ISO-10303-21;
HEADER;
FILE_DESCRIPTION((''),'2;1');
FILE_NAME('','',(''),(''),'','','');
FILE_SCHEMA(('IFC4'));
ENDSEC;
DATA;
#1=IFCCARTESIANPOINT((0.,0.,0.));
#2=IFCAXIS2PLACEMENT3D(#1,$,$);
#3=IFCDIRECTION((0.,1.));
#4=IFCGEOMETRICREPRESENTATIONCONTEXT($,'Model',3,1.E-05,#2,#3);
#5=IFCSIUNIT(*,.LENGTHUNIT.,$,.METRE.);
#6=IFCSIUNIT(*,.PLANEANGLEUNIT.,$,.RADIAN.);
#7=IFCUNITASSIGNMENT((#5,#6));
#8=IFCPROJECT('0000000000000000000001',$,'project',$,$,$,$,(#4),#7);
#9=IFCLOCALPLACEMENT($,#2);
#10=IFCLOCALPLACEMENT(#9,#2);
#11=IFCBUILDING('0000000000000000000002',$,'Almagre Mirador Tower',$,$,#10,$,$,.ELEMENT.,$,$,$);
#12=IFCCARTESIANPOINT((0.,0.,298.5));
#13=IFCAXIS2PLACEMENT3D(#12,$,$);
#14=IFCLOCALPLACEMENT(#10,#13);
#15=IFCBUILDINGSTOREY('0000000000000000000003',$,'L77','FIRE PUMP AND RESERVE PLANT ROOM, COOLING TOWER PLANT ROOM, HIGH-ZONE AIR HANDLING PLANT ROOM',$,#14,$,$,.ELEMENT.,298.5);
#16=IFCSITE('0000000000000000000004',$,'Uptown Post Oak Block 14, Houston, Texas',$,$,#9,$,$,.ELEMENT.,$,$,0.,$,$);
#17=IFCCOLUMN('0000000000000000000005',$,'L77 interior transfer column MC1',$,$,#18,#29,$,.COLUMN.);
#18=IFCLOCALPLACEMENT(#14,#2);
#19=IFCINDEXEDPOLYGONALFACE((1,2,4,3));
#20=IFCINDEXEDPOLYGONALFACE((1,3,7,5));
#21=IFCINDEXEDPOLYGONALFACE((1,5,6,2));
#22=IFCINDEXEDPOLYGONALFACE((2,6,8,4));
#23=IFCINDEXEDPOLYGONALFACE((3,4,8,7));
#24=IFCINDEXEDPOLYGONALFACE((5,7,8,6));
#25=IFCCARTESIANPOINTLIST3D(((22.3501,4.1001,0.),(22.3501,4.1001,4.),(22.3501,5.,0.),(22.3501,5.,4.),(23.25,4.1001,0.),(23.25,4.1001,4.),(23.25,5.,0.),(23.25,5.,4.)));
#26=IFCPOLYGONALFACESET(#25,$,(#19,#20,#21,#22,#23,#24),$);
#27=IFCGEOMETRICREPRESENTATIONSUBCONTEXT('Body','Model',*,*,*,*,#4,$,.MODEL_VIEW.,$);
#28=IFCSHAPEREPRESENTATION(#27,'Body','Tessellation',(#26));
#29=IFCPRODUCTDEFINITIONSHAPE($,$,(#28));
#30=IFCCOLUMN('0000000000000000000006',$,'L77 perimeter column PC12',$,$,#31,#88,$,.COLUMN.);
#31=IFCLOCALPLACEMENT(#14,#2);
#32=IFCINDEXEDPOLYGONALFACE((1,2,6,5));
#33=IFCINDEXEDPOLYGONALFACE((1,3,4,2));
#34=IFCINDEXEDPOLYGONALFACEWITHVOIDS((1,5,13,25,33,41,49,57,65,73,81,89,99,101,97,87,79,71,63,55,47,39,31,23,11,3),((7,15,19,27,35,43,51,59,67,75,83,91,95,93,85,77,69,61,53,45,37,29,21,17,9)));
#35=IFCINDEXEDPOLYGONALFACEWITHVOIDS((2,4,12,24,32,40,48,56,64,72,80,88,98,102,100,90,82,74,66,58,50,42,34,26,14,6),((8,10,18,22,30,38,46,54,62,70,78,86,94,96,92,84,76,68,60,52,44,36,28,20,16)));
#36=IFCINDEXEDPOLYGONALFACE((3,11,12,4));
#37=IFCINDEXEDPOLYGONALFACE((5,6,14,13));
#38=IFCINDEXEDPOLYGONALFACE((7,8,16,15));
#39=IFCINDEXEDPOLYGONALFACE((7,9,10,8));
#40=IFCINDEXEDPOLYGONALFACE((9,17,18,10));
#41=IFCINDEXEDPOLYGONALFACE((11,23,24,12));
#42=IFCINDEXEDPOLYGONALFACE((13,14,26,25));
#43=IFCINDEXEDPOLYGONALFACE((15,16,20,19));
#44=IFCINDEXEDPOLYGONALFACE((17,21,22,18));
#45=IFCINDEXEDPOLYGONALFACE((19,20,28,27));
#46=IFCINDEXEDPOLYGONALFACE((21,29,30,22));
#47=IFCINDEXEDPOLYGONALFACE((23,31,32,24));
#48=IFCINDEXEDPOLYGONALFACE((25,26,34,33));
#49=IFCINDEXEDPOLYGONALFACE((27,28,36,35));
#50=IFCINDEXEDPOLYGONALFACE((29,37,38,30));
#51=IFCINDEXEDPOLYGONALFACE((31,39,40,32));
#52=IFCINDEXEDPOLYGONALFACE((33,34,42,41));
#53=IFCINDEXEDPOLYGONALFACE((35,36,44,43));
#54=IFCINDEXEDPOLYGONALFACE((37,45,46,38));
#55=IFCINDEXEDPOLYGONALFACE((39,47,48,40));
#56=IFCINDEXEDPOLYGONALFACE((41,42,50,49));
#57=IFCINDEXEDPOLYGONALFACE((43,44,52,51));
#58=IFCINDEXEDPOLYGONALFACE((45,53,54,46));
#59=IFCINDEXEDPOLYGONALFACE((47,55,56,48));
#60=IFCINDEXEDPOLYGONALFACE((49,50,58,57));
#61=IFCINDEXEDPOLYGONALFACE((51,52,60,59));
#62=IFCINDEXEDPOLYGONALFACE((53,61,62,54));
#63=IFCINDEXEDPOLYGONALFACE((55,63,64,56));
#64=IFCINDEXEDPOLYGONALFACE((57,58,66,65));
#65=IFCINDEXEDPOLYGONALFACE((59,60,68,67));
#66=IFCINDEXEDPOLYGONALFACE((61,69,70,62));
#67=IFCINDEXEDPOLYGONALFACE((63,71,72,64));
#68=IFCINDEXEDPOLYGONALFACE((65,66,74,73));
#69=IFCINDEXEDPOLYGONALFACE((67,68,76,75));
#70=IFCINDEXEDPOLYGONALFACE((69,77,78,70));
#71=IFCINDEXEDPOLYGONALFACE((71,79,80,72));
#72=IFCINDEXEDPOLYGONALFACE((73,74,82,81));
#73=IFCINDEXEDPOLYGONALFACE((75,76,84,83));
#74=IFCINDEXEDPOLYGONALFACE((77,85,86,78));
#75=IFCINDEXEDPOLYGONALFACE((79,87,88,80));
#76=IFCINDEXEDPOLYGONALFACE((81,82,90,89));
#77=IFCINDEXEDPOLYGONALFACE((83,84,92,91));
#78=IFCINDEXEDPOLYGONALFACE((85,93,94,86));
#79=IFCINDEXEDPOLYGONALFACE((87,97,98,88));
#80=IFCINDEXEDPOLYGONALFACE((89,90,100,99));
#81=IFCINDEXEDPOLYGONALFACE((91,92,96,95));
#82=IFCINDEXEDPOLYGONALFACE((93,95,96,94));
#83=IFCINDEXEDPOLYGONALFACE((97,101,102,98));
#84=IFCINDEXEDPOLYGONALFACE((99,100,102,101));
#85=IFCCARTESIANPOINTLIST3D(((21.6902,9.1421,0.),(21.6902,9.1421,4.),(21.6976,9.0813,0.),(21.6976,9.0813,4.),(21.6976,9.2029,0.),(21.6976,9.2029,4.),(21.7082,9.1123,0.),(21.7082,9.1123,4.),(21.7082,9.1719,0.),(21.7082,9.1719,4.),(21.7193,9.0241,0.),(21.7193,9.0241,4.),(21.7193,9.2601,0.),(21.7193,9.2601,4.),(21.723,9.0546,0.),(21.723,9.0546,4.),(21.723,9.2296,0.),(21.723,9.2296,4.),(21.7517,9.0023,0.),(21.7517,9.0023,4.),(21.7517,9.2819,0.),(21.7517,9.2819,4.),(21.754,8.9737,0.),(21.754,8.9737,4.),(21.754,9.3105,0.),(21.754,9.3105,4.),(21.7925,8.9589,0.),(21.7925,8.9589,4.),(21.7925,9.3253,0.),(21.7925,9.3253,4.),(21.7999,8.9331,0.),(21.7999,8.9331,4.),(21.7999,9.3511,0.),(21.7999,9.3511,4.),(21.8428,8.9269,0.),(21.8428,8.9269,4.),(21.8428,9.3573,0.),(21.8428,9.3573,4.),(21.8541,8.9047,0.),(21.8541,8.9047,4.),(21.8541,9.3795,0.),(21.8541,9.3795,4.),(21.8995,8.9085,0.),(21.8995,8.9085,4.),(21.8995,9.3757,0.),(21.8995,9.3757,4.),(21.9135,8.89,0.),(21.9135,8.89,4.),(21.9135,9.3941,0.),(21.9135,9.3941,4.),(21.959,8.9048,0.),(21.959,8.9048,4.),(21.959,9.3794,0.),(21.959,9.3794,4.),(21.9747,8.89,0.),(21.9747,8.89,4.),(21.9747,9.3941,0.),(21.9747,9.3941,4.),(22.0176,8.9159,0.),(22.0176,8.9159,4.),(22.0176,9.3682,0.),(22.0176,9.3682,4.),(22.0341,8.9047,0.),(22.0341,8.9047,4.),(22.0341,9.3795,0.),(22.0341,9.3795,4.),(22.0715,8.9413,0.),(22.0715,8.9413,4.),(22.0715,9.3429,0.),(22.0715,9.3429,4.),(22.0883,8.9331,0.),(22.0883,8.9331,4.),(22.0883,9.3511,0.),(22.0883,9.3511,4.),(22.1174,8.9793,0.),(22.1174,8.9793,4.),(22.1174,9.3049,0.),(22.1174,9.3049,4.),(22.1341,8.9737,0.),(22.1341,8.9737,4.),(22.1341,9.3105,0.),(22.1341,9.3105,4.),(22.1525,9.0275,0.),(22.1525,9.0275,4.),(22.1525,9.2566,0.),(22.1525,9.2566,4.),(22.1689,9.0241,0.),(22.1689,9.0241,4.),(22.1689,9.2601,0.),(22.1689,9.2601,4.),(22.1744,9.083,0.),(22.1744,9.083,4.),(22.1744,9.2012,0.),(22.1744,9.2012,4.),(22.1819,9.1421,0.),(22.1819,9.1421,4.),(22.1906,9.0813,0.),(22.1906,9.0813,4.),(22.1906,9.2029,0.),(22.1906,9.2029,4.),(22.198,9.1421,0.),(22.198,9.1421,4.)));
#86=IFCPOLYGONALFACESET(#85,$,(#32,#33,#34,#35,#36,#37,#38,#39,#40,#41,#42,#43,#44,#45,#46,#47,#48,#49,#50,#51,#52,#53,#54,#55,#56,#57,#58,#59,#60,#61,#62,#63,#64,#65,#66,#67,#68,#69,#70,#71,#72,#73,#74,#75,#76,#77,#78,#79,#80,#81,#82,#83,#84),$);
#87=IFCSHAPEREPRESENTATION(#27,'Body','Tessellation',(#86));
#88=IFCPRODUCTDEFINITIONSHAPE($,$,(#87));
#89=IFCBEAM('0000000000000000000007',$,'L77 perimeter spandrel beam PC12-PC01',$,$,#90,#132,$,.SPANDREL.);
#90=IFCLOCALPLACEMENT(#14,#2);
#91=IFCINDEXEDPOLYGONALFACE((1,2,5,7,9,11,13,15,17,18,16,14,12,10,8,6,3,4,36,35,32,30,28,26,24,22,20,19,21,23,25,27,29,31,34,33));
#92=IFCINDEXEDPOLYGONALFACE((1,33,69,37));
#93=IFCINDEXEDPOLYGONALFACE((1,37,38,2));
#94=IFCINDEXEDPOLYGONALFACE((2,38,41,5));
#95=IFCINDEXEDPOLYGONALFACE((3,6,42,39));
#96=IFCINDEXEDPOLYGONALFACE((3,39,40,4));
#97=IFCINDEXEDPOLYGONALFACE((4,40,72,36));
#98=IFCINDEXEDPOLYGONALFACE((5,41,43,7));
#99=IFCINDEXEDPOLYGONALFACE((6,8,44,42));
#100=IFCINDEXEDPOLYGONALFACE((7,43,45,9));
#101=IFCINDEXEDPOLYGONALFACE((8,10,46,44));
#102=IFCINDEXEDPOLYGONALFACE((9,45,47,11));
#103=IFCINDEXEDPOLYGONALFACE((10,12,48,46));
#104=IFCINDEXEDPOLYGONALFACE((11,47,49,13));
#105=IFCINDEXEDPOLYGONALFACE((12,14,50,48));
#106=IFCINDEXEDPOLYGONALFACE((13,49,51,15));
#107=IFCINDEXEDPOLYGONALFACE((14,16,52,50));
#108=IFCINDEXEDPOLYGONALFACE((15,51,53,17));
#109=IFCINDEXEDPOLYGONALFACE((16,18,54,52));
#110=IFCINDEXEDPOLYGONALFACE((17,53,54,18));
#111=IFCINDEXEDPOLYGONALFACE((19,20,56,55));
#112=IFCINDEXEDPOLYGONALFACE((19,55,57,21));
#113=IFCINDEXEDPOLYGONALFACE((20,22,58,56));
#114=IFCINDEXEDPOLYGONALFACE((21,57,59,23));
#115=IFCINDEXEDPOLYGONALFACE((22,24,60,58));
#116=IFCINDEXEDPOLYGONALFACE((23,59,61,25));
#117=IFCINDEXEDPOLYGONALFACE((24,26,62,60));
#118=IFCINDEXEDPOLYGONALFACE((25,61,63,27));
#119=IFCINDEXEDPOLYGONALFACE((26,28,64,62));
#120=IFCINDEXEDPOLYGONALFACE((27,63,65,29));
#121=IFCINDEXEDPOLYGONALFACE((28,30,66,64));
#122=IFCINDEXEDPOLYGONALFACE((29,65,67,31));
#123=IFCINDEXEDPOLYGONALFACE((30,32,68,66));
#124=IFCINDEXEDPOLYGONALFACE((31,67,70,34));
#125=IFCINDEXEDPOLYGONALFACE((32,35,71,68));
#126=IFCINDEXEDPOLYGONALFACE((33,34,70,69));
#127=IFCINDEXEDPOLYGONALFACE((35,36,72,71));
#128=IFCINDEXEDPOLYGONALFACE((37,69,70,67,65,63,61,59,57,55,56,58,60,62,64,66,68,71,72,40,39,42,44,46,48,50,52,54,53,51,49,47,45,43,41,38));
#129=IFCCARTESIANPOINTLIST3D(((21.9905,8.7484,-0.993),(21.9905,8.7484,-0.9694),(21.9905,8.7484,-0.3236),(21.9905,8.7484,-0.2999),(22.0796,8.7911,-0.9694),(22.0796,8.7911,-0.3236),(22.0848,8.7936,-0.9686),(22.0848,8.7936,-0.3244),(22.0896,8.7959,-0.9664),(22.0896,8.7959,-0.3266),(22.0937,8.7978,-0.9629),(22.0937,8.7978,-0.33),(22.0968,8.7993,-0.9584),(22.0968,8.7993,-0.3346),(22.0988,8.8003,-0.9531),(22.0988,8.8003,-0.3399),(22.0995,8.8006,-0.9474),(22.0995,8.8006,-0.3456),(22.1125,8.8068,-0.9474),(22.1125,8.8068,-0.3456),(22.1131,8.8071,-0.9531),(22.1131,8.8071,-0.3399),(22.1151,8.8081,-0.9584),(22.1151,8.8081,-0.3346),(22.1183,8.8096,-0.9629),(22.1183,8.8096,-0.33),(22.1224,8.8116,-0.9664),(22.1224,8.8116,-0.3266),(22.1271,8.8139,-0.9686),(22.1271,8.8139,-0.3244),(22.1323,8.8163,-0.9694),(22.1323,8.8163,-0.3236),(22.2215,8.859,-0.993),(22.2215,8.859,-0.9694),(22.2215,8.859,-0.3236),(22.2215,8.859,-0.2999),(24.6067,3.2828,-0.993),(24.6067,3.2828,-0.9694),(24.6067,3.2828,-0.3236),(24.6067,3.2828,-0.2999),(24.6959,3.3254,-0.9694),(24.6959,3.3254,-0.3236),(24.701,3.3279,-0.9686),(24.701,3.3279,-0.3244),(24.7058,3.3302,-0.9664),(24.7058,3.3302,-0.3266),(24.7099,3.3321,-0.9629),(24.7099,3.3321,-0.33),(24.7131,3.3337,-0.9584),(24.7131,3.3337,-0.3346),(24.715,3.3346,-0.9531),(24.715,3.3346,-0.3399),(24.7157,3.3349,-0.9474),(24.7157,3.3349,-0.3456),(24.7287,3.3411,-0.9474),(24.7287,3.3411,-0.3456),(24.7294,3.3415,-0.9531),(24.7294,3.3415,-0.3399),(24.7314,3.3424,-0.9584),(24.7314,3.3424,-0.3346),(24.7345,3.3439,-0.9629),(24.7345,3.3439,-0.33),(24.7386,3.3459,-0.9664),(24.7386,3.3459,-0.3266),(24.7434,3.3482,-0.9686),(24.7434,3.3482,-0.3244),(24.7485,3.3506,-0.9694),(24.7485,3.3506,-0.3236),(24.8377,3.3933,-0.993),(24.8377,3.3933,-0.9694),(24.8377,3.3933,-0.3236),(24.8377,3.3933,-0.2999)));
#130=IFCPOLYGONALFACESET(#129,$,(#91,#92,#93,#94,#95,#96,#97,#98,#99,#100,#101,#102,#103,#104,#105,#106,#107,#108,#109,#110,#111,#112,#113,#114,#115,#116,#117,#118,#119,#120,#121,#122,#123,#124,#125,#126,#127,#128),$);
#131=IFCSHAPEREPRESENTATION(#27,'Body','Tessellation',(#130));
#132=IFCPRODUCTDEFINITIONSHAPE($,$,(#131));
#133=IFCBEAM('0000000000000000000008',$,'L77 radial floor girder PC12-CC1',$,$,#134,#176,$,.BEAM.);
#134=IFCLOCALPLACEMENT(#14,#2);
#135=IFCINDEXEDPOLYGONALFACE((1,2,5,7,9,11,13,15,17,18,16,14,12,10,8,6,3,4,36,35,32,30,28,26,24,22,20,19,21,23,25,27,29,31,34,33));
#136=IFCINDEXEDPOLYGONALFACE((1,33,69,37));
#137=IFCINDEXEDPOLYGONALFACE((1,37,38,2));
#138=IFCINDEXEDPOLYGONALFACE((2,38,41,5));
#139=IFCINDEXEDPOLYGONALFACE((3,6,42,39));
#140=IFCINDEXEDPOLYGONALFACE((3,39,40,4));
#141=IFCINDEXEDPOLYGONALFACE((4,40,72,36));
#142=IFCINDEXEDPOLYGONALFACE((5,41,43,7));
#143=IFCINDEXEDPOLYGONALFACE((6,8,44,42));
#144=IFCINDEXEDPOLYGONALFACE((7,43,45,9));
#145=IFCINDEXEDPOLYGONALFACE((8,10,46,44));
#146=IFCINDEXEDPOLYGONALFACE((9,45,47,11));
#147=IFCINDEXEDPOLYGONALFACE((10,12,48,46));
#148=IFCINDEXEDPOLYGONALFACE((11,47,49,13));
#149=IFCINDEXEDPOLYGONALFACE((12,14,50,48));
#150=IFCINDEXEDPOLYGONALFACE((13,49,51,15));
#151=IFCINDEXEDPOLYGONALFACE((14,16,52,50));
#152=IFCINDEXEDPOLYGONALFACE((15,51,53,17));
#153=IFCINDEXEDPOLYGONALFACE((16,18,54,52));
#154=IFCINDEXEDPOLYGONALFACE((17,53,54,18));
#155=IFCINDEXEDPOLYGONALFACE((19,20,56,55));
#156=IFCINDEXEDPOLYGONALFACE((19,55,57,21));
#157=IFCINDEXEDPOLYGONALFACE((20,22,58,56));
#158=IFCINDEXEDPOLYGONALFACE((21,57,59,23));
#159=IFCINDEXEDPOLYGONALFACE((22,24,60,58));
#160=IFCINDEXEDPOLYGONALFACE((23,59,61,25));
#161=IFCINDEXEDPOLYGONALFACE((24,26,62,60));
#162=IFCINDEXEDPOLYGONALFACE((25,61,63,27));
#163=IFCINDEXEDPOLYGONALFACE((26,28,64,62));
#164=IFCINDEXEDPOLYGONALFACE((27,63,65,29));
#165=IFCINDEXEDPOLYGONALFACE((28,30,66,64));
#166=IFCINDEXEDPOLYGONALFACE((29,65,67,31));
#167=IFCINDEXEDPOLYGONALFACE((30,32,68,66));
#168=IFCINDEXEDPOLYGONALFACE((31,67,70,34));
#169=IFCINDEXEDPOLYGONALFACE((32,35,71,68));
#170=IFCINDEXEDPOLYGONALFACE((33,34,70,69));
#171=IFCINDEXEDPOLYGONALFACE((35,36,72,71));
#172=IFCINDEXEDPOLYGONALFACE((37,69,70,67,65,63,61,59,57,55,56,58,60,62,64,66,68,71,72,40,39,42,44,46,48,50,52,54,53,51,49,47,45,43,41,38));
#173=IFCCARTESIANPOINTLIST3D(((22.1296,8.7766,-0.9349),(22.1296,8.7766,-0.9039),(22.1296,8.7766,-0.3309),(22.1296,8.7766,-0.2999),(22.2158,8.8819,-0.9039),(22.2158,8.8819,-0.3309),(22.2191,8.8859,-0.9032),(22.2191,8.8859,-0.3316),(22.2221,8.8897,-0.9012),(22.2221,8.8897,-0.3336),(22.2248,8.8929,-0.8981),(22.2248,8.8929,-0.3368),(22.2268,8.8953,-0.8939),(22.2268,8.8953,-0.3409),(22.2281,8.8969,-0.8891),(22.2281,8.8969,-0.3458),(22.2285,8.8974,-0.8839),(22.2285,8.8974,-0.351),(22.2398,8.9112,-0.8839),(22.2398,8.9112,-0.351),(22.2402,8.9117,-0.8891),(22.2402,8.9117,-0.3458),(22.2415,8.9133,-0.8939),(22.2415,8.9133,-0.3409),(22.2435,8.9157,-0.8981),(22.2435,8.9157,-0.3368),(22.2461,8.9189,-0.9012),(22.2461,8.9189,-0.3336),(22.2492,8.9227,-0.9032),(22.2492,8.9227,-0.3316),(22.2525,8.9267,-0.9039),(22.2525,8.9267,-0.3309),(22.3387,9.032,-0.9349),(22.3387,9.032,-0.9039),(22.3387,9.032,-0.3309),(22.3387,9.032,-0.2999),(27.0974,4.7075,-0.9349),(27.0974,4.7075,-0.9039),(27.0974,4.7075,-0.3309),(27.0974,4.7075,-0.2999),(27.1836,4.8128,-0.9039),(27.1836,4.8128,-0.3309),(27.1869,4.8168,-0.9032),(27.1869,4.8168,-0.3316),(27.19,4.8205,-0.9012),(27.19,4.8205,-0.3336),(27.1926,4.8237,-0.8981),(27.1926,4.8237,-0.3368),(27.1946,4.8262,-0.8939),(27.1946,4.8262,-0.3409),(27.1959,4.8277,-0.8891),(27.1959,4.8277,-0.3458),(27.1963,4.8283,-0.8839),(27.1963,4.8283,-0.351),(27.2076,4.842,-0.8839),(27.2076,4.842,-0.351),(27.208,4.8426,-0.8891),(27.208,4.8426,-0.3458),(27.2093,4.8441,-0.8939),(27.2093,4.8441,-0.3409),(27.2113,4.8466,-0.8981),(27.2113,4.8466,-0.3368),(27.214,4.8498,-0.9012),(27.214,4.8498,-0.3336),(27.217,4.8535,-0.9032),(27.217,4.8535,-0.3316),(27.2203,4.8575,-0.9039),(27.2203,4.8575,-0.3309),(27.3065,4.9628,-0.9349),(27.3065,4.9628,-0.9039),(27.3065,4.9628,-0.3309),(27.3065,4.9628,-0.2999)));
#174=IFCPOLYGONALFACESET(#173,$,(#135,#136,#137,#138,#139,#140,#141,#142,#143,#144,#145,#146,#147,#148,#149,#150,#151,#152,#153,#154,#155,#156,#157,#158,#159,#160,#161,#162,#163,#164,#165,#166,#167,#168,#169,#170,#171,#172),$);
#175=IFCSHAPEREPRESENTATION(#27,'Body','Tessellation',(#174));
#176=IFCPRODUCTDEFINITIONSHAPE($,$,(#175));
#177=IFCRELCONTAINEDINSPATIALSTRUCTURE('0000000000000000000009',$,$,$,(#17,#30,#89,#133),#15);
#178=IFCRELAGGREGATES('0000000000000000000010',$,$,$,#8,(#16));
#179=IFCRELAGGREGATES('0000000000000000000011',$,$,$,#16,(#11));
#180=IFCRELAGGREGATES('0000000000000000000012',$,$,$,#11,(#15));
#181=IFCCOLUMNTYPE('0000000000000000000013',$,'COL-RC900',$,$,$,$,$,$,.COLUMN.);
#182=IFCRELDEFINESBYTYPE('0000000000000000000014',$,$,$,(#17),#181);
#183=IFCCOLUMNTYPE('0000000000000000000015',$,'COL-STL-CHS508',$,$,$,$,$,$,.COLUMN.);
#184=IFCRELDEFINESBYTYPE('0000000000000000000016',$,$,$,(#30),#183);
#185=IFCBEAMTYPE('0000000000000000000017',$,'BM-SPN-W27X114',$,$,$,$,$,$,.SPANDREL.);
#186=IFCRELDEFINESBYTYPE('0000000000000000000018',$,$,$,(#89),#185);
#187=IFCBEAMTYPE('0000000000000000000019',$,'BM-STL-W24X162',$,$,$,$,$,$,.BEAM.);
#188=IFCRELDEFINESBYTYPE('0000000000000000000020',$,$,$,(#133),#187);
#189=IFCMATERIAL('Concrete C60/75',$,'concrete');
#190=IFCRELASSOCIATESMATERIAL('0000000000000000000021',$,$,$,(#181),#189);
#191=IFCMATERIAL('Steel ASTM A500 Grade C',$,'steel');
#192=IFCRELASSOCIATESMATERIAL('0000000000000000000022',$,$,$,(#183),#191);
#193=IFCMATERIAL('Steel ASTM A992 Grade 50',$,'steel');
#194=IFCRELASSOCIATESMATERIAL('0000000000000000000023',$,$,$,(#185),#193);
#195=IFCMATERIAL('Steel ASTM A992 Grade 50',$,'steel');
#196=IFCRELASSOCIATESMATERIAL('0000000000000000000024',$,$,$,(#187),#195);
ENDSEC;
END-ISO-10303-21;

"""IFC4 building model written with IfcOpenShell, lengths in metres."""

from ifc_helpers import new_model, si_unit, direction, frame, origin, origin_2d, place, context, subcontext, project, spatial, rectangle, hollow_circle, i_section, extrude, material, material_profile, profile_set, type_object, element, save


model = new_model("IFC4")

# Units and contexts
model_context = context("Model", 3, precision=1e-05, world=origin(), true_north=direction((0.0, 1.0)))
body_context = subcontext(model_context, "Body", "Model", "MODEL_VIEW")
ifc_project = project(units=[si_unit("LENGTHUNIT", "METRE"), si_unit("PLANEANGLEUNIT", "RADIAN")], contexts=[model_context])

# Site, building, storey
site_placement = place(None, origin())
site = spatial("IfcSite", under=ifc_project, at=site_placement, Name="Uptown Post Oak Block 14, Houston, Texas", CompositionType="ELEMENT", RefElevation=0.0)
building_placement = place(site_placement, origin())
building = spatial("IfcBuilding", under=site, at=building_placement, Name="Almagre Mirador Tower", CompositionType="ELEMENT")
storey_placement = place(building_placement, frame((0.0, 0.0, 298.5)))
storey = spatial("IfcBuildingStorey", under=building, at=storey_placement, Name="L77", Description="FIRE PUMP AND RESERVE PLANT ROOM, COOLING TOWER PLANT ROOM, HIGH-ZONE AIR HANDLING PLANT ROOM", CompositionType="ELEMENT", Elevation=298.5)

# Columns
ifc_material_1 = material(Name="Concrete C60/75", Category="concrete")
ifc_material_profile_1 = material_profile(ifc_material_1, rectangle(XDim=0.8999, YDim=0.8999, at=origin_2d()), Name="RC900X900")
ifc_profile_set_1 = profile_set([ifc_material_profile_1], Name="Concrete C60/75")
column_type_1 = type_object("IfcColumnType", Name="COL-RC900", PredefinedType="COLUMN", material=ifc_profile_set_1)
column_1_placement = place(storey_placement, frame((22.8, 4.55, 0.0), z_axis=(0.0, 0.0, 1.0), x_axis=(1.0, 0.0, 0.0)))
element("IfcColumn", 1, at=column_1_placement, inside=storey, type_object=column_type_1, Name="L77 interior transfer column MC1", PredefinedType="COLUMN", context=body_context, shape_type="SweptSolid", body=[
    extrude(rectangle(XDim=0.8999, YDim=0.8999, at=origin_2d()), origin(), (0.0, 0.0, 1.0), 4.0),
])
ifc_material_2 = material(Name="Steel ASTM A500 Grade C", Category="steel")
ifc_material_profile_2 = material_profile(ifc_material_2, hollow_circle(Radius=0.2539, WallThickness=0.0161, at=origin_2d()), Name="CHS508X16")
ifc_profile_set_2 = profile_set([ifc_material_profile_2], Name="Steel ASTM A500 Grade C")
column_type_2 = type_object("IfcColumnType", Name="COL-STL-CHS508", PredefinedType="COLUMN", material=ifc_profile_set_2)
column_2_placement = place(storey_placement, frame((21.9441, 9.1421, 0.0), z_axis=(0.0, 0.0, 1.0), x_axis=(1.0, 0.0, 0.0)))
element("IfcColumn", 2, at=column_2_placement, inside=storey, type_object=column_type_2, Name="L77 perimeter column PC12", PredefinedType="COLUMN", context=body_context, shape_type="SweptSolid", body=[
    extrude(hollow_circle(Radius=0.2539, WallThickness=0.0161, at=origin_2d()), origin(), (0.0, 0.0, 1.0), 4.0),
])

# Beams
ifc_material_3 = material(Name="Steel ASTM A992 Grade 50", Category="steel")
ifc_material_profile_3 = material_profile(ifc_material_3, i_section(OverallWidth=0.2561, OverallDepth=0.6931, WebThickness=0.0144, FlangeThickness=0.0237, FilletRadius=0.022, at=origin_2d()), Name="W27X114")
ifc_profile_set_3 = profile_set([ifc_material_profile_3], Name="Steel ASTM A992 Grade 50")
beam_type_1 = type_object("IfcBeamType", Name="BM-SPN-W27X114", PredefinedType="SPANDREL", material=ifc_profile_set_3)
beam_1_placement = place(storey_placement, frame((22.106, 8.8037, -0.6465), z_axis=(0.431756, -0.90199, 0.0), x_axis=(0.90199, 0.431756, 0.0)))
element("IfcBeam", 3, at=beam_1_placement, inside=storey, type_object=beam_type_1, Name="L77 perimeter spandrel beam PC12-PC01", PredefinedType="SPANDREL", context=body_context, shape_type="SweptSolid", body=[
    extrude(i_section(OverallWidth=0.2561, OverallDepth=0.6931, WebThickness=0.0144, FlangeThickness=0.0237, FilletRadius=0.022, at=origin_2d()), origin(), (0.0, 0.0, 1.0), 6.0596),
])
ifc_material_4 = material(Name="Steel ASTM A992 Grade 50", Category="steel")
ifc_material_profile_4 = material_profile(ifc_material_4, i_section(OverallWidth=0.3301, OverallDepth=0.635, WebThickness=0.0178, FlangeThickness=0.031, FilletRadius=0.02, at=origin_2d()), Name="W24X162")
ifc_profile_set_4 = profile_set([ifc_material_profile_4], Name="Steel ASTM A992 Grade 50")
beam_type_2 = type_object("IfcBeamType", Name="BM-STL-W24X162", PredefinedType="BEAM", material=ifc_profile_set_4)
beam_2_placement = place(storey_placement, frame((22.2341, 8.9043, -0.6174), z_axis=(0.77361, -0.633662, 0.0), x_axis=(0.633662, 0.77361, 0.0)))
element("IfcBeam", 4, at=beam_2_placement, inside=storey, type_object=beam_type_2, Name="L77 radial floor girder PC12-CC1", PredefinedType="BEAM", context=body_context, shape_type="SweptSolid", body=[
    extrude(i_section(OverallWidth=0.3301, OverallDepth=0.635, WebThickness=0.0178, FlangeThickness=0.031, FilletRadius=0.02, at=origin_2d()), origin(), (0.0, 0.0, 1.0), 6.4216),
])

save(model, "model.ifc")
